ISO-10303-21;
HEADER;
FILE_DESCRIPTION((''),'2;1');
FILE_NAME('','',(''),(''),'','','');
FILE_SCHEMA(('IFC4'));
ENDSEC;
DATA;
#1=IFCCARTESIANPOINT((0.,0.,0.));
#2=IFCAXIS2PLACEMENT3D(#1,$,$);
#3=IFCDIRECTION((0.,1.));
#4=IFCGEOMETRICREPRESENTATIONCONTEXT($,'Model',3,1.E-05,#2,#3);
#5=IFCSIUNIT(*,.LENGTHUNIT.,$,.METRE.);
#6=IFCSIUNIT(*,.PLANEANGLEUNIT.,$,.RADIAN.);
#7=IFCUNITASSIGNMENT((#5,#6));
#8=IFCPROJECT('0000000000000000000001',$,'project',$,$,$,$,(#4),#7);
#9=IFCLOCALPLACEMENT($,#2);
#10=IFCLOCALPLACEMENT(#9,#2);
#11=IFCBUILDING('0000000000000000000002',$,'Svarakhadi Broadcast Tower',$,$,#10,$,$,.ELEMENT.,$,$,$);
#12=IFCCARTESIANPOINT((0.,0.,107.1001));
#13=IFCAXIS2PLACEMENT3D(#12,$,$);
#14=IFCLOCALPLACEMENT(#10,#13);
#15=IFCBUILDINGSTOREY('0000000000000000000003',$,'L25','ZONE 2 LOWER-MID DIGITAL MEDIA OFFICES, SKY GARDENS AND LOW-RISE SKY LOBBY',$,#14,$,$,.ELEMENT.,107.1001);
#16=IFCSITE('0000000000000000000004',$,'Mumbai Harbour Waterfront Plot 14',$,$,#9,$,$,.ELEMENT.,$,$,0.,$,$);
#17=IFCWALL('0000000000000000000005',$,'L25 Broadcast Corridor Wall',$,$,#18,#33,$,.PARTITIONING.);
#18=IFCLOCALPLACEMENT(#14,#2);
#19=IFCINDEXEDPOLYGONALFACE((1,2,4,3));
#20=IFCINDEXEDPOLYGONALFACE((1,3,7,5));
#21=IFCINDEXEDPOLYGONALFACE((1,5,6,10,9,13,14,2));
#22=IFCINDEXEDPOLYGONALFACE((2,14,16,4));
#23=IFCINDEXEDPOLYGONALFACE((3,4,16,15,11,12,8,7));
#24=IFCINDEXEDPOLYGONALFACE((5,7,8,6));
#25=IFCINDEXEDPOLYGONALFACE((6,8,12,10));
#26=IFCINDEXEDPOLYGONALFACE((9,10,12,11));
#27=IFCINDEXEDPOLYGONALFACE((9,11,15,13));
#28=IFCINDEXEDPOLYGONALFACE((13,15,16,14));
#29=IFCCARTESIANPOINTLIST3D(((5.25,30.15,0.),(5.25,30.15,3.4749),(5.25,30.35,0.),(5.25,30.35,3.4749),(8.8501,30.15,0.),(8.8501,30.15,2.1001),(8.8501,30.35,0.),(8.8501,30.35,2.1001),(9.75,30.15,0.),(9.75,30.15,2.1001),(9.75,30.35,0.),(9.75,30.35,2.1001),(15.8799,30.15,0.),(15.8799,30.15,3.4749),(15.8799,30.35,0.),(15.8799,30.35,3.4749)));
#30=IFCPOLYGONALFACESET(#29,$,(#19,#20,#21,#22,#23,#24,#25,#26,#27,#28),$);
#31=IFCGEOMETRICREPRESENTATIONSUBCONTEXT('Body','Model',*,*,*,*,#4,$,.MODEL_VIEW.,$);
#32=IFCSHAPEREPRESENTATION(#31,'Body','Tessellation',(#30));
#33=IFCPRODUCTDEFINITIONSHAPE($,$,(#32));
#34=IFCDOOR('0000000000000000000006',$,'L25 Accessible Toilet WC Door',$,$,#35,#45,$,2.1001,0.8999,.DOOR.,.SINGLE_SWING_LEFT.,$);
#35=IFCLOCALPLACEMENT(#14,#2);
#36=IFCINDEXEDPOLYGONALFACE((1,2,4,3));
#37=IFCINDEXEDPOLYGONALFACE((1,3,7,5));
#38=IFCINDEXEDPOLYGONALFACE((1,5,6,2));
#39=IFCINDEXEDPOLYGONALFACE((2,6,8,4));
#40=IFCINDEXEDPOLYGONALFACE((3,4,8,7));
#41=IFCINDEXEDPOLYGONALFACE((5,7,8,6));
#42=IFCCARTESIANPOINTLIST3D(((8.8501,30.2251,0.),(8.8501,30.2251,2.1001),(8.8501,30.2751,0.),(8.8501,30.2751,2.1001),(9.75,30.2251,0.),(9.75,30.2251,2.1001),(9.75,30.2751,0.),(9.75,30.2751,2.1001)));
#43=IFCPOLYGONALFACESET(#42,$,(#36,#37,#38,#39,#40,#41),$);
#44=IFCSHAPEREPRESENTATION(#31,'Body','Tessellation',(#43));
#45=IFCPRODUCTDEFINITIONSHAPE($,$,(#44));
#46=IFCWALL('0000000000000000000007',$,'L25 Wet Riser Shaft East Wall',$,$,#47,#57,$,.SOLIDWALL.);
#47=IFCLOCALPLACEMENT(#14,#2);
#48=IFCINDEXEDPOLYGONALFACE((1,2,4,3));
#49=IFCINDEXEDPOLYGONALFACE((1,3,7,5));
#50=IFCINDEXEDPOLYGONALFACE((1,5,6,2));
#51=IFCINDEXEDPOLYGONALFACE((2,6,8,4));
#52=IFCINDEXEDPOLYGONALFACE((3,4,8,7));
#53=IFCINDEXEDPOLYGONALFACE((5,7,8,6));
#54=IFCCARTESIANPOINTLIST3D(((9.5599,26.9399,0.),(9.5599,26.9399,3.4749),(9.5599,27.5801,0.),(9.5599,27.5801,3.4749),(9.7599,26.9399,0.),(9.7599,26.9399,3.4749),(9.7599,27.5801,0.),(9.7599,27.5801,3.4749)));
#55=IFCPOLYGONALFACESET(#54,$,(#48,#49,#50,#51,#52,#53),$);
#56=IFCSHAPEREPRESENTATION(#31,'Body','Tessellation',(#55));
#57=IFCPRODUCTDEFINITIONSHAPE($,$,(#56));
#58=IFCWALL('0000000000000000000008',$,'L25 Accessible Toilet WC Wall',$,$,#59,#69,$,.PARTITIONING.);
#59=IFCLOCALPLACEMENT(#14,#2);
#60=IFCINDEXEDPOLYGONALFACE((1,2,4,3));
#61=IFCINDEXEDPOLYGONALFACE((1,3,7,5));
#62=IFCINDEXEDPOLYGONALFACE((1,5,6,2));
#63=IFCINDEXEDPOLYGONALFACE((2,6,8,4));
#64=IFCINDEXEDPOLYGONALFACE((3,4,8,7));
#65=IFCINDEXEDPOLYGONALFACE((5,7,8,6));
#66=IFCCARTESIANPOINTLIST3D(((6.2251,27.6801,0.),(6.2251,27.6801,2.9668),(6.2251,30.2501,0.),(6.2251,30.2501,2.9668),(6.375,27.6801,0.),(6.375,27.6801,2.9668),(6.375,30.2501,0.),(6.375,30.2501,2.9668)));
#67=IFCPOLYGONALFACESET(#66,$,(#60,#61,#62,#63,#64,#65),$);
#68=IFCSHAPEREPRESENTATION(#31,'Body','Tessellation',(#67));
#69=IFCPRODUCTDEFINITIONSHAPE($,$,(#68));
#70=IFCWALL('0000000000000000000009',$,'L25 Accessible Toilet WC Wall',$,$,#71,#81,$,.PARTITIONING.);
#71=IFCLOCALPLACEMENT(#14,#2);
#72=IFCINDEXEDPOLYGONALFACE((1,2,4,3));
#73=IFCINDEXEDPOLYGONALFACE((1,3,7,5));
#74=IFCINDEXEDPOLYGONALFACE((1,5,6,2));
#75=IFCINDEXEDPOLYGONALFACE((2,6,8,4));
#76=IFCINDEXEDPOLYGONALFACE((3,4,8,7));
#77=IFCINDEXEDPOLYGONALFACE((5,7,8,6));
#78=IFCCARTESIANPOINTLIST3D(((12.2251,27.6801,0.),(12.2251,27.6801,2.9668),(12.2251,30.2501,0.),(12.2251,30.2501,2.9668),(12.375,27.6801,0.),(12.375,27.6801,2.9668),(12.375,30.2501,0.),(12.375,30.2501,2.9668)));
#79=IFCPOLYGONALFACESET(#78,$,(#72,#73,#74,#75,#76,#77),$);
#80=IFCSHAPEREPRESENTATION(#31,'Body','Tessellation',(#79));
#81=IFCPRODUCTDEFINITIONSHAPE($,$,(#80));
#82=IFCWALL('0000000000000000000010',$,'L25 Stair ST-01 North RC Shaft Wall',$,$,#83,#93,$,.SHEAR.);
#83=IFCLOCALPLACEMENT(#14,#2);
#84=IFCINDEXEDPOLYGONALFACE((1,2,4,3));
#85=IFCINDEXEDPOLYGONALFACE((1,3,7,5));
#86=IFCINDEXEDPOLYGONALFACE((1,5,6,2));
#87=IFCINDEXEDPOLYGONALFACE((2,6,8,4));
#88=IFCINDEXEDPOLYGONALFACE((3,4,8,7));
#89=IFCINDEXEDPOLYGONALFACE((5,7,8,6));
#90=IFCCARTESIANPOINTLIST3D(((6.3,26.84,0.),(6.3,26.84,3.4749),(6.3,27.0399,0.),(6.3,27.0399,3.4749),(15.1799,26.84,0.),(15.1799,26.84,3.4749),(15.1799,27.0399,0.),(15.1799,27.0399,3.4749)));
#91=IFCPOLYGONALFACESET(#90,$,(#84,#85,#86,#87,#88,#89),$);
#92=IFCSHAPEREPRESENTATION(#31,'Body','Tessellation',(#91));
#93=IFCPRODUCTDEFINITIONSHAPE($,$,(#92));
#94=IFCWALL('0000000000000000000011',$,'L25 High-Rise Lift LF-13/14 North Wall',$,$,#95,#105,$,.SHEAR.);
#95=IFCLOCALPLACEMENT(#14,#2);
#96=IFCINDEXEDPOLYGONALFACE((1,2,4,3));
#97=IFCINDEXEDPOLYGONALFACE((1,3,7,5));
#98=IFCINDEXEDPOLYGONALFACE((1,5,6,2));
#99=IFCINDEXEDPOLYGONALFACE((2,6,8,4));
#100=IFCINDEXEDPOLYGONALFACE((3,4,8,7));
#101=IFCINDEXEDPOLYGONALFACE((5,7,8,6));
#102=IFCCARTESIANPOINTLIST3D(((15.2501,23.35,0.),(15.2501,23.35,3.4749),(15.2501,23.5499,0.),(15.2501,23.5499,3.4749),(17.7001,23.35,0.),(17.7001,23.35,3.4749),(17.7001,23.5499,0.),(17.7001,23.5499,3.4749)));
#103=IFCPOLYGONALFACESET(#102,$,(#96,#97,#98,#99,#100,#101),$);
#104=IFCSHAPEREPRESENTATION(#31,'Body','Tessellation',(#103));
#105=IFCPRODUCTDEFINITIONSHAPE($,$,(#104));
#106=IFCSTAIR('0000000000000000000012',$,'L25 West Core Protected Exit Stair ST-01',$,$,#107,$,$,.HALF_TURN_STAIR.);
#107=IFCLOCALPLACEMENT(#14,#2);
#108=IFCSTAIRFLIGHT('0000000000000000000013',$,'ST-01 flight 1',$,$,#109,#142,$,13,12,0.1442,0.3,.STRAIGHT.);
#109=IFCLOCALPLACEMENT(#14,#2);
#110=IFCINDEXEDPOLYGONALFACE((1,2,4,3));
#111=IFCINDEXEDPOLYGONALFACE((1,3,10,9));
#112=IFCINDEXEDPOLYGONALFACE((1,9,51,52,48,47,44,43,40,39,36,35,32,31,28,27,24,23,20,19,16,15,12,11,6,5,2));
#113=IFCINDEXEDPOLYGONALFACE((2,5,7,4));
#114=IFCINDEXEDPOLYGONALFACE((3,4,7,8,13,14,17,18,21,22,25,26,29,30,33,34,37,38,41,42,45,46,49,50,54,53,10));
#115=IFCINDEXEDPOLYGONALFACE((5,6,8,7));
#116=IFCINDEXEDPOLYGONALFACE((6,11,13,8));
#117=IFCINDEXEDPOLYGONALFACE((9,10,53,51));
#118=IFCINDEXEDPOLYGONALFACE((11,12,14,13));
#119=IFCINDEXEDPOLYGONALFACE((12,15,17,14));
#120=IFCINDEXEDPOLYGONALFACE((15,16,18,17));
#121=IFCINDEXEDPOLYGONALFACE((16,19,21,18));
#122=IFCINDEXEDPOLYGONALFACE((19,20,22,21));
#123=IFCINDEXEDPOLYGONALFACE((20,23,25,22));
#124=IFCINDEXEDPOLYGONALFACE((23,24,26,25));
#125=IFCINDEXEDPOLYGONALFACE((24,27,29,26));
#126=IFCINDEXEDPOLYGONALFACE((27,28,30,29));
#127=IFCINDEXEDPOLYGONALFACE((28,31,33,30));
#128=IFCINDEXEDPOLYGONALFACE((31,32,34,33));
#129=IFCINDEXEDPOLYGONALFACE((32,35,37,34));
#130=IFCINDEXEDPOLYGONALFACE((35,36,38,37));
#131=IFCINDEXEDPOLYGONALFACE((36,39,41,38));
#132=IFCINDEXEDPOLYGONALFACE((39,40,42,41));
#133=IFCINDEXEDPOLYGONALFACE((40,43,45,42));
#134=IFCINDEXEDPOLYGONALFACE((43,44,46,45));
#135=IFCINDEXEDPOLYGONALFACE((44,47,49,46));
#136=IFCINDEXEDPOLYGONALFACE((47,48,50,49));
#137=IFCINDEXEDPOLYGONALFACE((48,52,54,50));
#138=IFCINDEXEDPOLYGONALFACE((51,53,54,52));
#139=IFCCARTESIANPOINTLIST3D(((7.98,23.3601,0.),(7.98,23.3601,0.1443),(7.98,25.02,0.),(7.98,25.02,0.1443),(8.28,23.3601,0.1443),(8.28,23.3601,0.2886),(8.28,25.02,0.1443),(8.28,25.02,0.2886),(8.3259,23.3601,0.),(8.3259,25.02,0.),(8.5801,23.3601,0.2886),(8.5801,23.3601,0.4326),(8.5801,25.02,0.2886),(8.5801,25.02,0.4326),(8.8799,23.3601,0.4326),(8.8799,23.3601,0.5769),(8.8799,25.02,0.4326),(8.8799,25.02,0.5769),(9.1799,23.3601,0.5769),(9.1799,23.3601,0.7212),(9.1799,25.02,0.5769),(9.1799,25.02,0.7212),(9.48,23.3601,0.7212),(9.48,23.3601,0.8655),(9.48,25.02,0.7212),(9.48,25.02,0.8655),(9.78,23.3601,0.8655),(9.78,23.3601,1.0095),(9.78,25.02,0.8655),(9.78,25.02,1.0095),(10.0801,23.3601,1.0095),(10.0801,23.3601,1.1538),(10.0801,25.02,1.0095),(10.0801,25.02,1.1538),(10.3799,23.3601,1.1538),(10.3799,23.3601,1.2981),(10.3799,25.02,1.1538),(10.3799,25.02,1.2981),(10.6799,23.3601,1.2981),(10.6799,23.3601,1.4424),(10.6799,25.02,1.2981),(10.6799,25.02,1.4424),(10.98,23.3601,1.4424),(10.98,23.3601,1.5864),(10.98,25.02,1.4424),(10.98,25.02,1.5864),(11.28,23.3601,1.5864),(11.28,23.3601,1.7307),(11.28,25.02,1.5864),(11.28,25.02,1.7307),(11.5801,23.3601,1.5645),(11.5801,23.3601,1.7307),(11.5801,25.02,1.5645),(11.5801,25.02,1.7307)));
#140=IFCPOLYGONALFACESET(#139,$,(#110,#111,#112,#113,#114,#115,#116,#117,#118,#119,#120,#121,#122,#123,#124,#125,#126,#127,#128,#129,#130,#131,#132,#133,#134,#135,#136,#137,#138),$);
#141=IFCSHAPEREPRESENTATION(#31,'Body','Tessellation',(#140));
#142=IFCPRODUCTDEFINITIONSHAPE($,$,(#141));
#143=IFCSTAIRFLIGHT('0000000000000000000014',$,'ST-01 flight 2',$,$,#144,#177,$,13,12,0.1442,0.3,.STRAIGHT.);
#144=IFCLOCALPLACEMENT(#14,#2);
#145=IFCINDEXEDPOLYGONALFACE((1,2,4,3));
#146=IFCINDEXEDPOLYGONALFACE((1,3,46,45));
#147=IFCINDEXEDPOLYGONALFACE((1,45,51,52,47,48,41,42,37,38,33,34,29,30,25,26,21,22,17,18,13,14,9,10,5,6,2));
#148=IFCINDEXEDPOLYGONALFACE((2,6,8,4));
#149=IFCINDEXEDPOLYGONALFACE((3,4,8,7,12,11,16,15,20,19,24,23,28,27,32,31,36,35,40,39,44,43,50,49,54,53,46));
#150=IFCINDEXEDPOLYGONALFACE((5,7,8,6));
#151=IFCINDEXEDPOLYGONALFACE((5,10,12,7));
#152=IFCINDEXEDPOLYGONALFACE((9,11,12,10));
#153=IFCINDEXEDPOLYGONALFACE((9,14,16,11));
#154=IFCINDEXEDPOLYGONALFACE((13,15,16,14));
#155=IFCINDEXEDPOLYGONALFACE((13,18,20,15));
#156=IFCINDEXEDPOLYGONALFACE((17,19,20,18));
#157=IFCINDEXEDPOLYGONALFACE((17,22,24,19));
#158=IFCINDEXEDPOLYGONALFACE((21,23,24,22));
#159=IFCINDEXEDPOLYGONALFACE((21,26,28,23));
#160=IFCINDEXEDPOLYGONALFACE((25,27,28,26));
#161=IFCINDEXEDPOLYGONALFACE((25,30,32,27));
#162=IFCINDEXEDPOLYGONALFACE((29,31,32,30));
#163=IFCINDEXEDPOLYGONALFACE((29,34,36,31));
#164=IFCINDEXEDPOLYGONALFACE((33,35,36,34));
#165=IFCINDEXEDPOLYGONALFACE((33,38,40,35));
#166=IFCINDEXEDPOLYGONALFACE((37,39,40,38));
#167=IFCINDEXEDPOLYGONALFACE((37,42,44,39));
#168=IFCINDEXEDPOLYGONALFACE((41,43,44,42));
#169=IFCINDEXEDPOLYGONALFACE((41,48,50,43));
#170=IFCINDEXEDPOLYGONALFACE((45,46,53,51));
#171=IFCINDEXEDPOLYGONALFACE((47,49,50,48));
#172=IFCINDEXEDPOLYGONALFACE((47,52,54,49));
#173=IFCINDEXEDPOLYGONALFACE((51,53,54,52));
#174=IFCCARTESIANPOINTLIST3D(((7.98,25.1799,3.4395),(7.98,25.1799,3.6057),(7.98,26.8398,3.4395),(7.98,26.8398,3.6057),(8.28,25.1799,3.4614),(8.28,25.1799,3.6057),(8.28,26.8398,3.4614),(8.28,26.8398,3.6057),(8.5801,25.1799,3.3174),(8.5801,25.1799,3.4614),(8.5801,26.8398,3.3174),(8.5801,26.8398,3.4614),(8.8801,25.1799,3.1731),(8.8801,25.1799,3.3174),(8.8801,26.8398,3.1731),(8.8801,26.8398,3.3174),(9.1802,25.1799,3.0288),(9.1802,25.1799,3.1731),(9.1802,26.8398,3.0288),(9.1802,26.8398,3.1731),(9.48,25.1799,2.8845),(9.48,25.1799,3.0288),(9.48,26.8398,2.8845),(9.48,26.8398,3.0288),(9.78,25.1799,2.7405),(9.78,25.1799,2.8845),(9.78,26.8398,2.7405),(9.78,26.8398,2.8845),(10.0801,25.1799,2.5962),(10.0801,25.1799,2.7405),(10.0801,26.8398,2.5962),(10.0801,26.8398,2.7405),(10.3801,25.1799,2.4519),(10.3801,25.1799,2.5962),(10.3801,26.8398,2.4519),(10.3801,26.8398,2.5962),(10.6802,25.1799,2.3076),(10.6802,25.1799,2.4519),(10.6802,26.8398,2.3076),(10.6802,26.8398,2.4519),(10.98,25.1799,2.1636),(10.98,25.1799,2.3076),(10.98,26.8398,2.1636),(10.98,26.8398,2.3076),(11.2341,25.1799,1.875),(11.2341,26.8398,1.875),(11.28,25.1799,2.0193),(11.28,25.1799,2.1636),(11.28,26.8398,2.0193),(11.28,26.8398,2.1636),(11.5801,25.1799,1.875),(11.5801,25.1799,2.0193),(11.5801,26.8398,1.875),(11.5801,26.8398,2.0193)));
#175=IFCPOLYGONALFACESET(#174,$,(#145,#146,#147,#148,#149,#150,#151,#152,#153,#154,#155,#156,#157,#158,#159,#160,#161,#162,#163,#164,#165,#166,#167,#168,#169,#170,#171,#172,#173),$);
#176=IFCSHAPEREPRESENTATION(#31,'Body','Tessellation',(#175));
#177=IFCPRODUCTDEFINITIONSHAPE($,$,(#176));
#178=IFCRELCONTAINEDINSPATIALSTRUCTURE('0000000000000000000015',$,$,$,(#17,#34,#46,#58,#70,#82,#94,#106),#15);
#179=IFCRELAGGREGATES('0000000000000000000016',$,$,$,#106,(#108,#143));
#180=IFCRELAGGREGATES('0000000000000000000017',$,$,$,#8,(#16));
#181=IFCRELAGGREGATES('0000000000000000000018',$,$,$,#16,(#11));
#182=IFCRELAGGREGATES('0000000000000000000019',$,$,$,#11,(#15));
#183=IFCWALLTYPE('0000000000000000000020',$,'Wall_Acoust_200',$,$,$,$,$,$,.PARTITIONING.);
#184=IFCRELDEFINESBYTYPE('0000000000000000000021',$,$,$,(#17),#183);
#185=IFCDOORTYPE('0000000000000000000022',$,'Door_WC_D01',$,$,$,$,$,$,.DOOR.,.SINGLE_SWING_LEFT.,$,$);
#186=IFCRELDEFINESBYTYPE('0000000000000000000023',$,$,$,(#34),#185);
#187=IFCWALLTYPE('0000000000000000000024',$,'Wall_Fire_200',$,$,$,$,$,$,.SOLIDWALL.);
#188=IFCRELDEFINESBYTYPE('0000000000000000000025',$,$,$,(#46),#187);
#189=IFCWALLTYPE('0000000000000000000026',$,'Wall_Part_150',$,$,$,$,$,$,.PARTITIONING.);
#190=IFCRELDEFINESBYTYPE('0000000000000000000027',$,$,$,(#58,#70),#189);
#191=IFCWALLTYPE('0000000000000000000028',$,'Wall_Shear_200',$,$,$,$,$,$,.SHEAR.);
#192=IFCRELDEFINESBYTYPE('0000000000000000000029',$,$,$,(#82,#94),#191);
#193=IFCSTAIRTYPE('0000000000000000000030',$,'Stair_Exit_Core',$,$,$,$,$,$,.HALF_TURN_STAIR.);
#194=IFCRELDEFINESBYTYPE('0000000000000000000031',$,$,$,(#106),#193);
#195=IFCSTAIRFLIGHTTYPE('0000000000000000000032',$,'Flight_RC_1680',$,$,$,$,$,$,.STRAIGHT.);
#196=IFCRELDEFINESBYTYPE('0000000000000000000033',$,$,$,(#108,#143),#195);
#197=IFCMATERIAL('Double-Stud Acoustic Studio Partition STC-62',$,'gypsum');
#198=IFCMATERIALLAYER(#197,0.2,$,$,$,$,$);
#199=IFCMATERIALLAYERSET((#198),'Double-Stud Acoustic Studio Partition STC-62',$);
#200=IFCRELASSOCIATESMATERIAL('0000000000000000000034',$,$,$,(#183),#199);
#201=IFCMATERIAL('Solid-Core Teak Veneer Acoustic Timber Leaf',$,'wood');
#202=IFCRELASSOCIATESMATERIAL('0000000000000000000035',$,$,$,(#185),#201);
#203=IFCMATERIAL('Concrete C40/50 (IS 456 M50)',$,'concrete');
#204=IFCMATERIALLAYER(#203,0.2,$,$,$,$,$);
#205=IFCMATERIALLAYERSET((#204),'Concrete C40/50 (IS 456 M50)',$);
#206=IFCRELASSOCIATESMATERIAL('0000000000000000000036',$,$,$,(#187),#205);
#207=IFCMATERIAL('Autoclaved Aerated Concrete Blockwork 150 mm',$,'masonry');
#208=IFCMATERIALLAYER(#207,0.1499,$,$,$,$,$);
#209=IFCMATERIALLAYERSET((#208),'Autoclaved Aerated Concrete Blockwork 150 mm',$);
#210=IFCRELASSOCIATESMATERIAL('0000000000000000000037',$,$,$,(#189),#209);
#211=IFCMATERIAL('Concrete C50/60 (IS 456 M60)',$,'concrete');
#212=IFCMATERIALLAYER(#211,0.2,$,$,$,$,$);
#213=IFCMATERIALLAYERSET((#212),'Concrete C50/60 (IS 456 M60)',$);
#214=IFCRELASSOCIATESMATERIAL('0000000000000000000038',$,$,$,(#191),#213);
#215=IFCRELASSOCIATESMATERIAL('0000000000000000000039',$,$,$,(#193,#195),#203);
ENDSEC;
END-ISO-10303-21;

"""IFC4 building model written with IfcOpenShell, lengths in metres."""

from ifc_helpers import new_model, si_unit, direction, frame, frame_2d, origin, place, context, subcontext, project, spatial, polyline, rectangle, outline, extrude, material, layer, layer_set, type_object, element, fill, aggregate, save


model = new_model("IFC4")

# Units and contexts
model_context = context("Model", 3, precision=1e-05, world=origin(), true_north=direction((0.0, 1.0)))
body_context = subcontext(model_context, "Body", "Model", "MODEL_VIEW")
ifc_project = project(units=[si_unit("LENGTHUNIT", "METRE"), si_unit("PLANEANGLEUNIT", "RADIAN")], contexts=[model_context])

# Site, building, storey
site_placement = place(None, origin())
site = spatial("IfcSite", under=ifc_project, at=site_placement, Name="Mumbai Harbour Waterfront Plot 14", CompositionType="ELEMENT", RefElevation=0.0)
building_placement = place(site_placement, origin())
building = spatial("IfcBuilding", under=site, at=building_placement, Name="Svarakhadi Broadcast Tower", CompositionType="ELEMENT")
storey_placement = place(building_placement, frame((0.0, 0.0, 107.1001)))
storey = spatial("IfcBuildingStorey", under=building, at=storey_placement, Name="L25", Description="ZONE 2 LOWER-MID DIGITAL MEDIA OFFICES, SKY GARDENS AND LOW-RISE SKY LOBBY", CompositionType="ELEMENT", Elevation=107.1001)

# Shared definitions
ifc_material_1 = material(Name="Concrete C50/60 (IS 456 M60)", Category="concrete")

# Shared definitions
ifc_material_2 = material(Name="Double-Stud Acoustic Studio Partition STC-62", Category="gypsum")
ifc_layer_1 = layer(ifc_material_2, 0.2)
ifc_layer_set_1 = layer_set([ifc_layer_1], Name="Double-Stud Acoustic Studio Partition STC-62")
wall_type_1 = type_object("IfcWallType", Name="Wall_Acoust_200", PredefinedType="PARTITIONING", material=ifc_layer_set_1)

# Wall, opening, door
wall_1_placement = place(storey_placement, frame((15.8799, 30.25, 0.0), z_axis=(0.0, 0.0, 1.0), x_axis=(-1.0, 0.0, 0.0)))
wall_1 = element("IfcWall", 1, at=wall_1_placement, inside=storey, type_object=wall_type_1, Name="L25 Broadcast Corridor Wall", PredefinedType="PARTITIONING", context=body_context, shape_type="SweptSolid", body=[
    extrude(rectangle(XDim=10.6299, YDim=0.2, at=frame_2d((5.3149, 0.0))), origin(), (0.0, 0.0, 1.0), 3.4749),
])
opening_1_placement = place(wall_1_placement, frame((6.1299, 0.0, 0.0)))
opening_1 = element("IfcOpeningElement", 2, at=opening_1_placement, cuts=wall_1, PredefinedType="OPENING", context=body_context, shape_type="SweptSolid", body=[
    extrude(rectangle(XDim=0.8999, YDim=2.1001, at=frame_2d((0.45, 1.05))), frame((0.0, 0.1099, 0.0), z_axis=(0.0, -1.0, 0.0), x_axis=(1.0, 0.0, 0.0)), (0.0, 0.0, 1.0), 0.22),
])
ifc_material_3 = material(Name="Solid-Core Teak Veneer Acoustic Timber Leaf", Category="wood")
door_type_1 = type_object("IfcDoorType", Name="Door_WC_D01", OperationType="SINGLE_SWING_LEFT", PredefinedType="DOOR", material=ifc_material_3)
door_1_placement = place(opening_1_placement, origin())
door_1 = element("IfcDoor", 3, at=door_1_placement, inside=storey, type_object=door_type_1, Name="L25 Accessible Toilet WC Door", OperationType="SINGLE_SWING_LEFT", OverallHeight=2.1001, OverallWidth=0.8999, PredefinedType="DOOR", context=body_context, shape_type="SweptSolid", body=[
    extrude(rectangle(XDim=0.8999, YDim=2.1001, at=frame_2d((0.45, 1.05))), frame((0.0, 0.0249, 0.0), z_axis=(0.0, -1.0, 0.0), x_axis=(1.0, 0.0, 0.0)), (0.0, 0.0, 1.0), 0.05),
])
fill(opening_1, door_1)

# Walls
ifc_material_4 = material(Name="Concrete C40/50 (IS 456 M50)", Category="concrete")
ifc_layer_2 = layer(ifc_material_4, 0.2)
ifc_layer_set_2 = layer_set([ifc_layer_2], Name="Concrete C40/50 (IS 456 M50)")
wall_type_2 = type_object("IfcWallType", Name="Wall_Fire_200", PredefinedType="SOLIDWALL", material=ifc_layer_set_2)
wall_2_placement = place(storey_placement, frame((9.6599, 26.9399, 0.0), z_axis=(0.0, 0.0, 1.0), x_axis=(0.0, 1.0, 0.0)))
element("IfcWall", 4, at=wall_2_placement, inside=storey, type_object=wall_type_2, Name="L25 Wet Riser Shaft East Wall", PredefinedType="SOLIDWALL", context=body_context, shape_type="SweptSolid", body=[
    extrude(rectangle(XDim=0.6401, YDim=0.2, at=frame_2d((0.3201, 0.0))), origin(), (0.0, 0.0, 1.0), 3.4749),
])
ifc_material_5 = material(Name="Autoclaved Aerated Concrete Blockwork 150 mm", Category="masonry")
ifc_layer_3 = layer(ifc_material_5, 0.1499)
ifc_layer_set_3 = layer_set([ifc_layer_3], Name="Autoclaved Aerated Concrete Blockwork 150 mm")
wall_type_3 = type_object("IfcWallType", Name="Wall_Part_150", PredefinedType="PARTITIONING", material=ifc_layer_set_3)
for number, where, z_axis, x_axis, name in (
    (5, (6.3, 27.6799, 0.0), (0.0, 0.0, 1.0), (0.0, 1.0, 0.0), "L25 Accessible Toilet WC Wall"),
    (6, (12.3, 27.6799, 0.0), (0.0, 0.0, 1.0), (0.0, 1.0, 0.0), "L25 Accessible Toilet WC Wall"),
):
    element("IfcWall", number, at=place(storey_placement, frame(where, z_axis=z_axis, x_axis=x_axis)), inside=storey, type_object=wall_type_3, Name=name, PredefinedType="PARTITIONING", context=body_context, shape_type="SweptSolid", body=[
        extrude(rectangle(XDim=2.5701, YDim=0.1499, at=frame_2d((1.2852, 0.0))), origin(), (0.0, 0.0, 1.0), 2.9668),
    ])
ifc_layer_4 = layer(ifc_material_1, 0.2)
ifc_layer_set_4 = layer_set([ifc_layer_4], Name="Concrete C50/60 (IS 456 M60)")
wall_type_4 = type_object("IfcWallType", Name="Wall_Shear_200", PredefinedType="SHEAR", material=ifc_layer_set_4)
wall_3_placement = place(storey_placement, frame((6.3, 26.9399, 0.0), z_axis=(0.0, 0.0, 1.0), x_axis=(1.0, 0.0, 0.0)))
element("IfcWall", 7, at=wall_3_placement, inside=storey, type_object=wall_type_4, Name="L25 Stair ST-01 North RC Shaft Wall", PredefinedType="SHEAR", context=body_context, shape_type="SweptSolid", body=[
    extrude(rectangle(XDim=8.8799, YDim=0.2, at=frame_2d((4.4399, 0.0))), origin(), (0.0, 0.0, 1.0), 3.4749),
])
wall_4_placement = place(storey_placement, frame((15.25, 23.45, 0.0), z_axis=(0.0, 0.0, 1.0), x_axis=(1.0, 0.0, 0.0)))
element("IfcWall", 8, at=wall_4_placement, inside=storey, type_object=wall_type_4, Name="L25 High-Rise Lift LF-13/14 North Wall", PredefinedType="SHEAR", context=body_context, shape_type="SweptSolid", body=[
    extrude(rectangle(XDim=2.45, YDim=0.2, at=frame_2d((1.2251, 0.0))), origin(), (0.0, 0.0, 1.0), 3.4749),
])

# Stair, stair flights
stair_type = type_object("IfcStairType", Name="Stair_Exit_Core", PredefinedType="HALF_TURN_STAIR", material=ifc_material_4)
stair_placement = place(storey_placement, origin())
stair = element("IfcStair", 9, at=stair_placement, inside=storey, type_object=stair_type, Name="L25 West Core Protected Exit Stair ST-01", PredefinedType="HALF_TURN_STAIR")
stair_flight_type = type_object("IfcStairFlightType", Name="Flight_RC_1680", PredefinedType="STRAIGHT", material=ifc_material_4)
stair_flight_1_placement = place(storey_placement, frame((7.98, 24.1899, 0.0), z_axis=(0.0, 0.0, 1.0), x_axis=(1.0, 0.0, 0.0)))
stair_flight_1 = element("IfcStairFlight", 10, at=stair_flight_1_placement, type_object=stair_flight_type, Name="ST-01 flight 1", NumberOfRisers=13, NumberOfTreads=12, PredefinedType="STRAIGHT", RiserHeight=0.1442, TreadLength=0.3, context=body_context, shape_type="SweptSolid", body=[
    extrude(outline(polyline([(0.0, 0.0), (0.0, 0.1443), (0.3, 0.1443), (0.3, 0.2886), (0.6001, 0.2886), (0.6001, 0.4326), (0.8999, 0.4326), (0.8999, 0.5769), (1.2, 0.5769), (1.2, 0.7212), (1.5, 0.7212), (1.5, 0.8655), (1.8, 0.8655), (1.8, 1.0095), (2.1001, 1.0095), (2.1001, 1.1538), (2.3999, 1.1538), (2.3999, 1.2981), (2.7, 1.2981), (2.7, 1.4424), (3.0, 1.4424), (3.0, 1.5864), (3.3, 1.5864), (3.3, 1.7307), (3.6001, 1.7307), (3.6001, 1.875), (3.6001, 1.5645), (0.3459, 0.0), (0.0, 0.0)])), frame((0.0, 0.8301, 0.0), z_axis=(0.0, -1.0, 0.0), x_axis=(1.0, 0.0, 0.0)), (0.0, 0.0, 1.0), 1.6599),
])
stair_flight_2_placement = place(storey_placement, frame((11.5801, 26.01, 1.875), z_axis=(0.0, 0.0, 1.0), x_axis=(-1.0, 0.0, 0.0)))
stair_flight_2 = element("IfcStairFlight", 11, at=stair_flight_2_placement, type_object=stair_flight_type, Name="ST-01 flight 2", NumberOfRisers=13, NumberOfTreads=12, PredefinedType="STRAIGHT", RiserHeight=0.1442, TreadLength=0.3, context=body_context, shape_type="SweptSolid", body=[
    extrude(outline(polyline([(0.0, 0.0), (0.0, 0.1443), (0.3, 0.1443), (0.3, 0.2886), (0.6001, 0.2886), (0.6001, 0.4326), (0.8999, 0.4326), (0.8999, 0.5769), (1.2, 0.5769), (1.2, 0.7212), (1.5, 0.7212), (1.5, 0.8655), (1.8, 0.8655), (1.8, 1.0095), (2.1001, 1.0095), (2.1001, 1.1538), (2.3999, 1.1538), (2.3999, 1.2981), (2.7, 1.2981), (2.7, 1.4424), (3.0, 1.4424), (3.0, 1.5864), (3.3, 1.5864), (3.3, 1.7307), (3.6001, 1.7307), (3.6001, 1.875), (3.6001, 1.5645), (0.3459, 0.0), (0.0, 0.0)])), frame((0.0, 0.8301, 0.0), z_axis=(0.0, -1.0, 0.0), x_axis=(1.0, 0.0, 0.0)), (0.0, 0.0, 1.0), 1.6599),
])
aggregate(stair, [stair_flight_1, stair_flight_2])

save(model, "model.ifc")
